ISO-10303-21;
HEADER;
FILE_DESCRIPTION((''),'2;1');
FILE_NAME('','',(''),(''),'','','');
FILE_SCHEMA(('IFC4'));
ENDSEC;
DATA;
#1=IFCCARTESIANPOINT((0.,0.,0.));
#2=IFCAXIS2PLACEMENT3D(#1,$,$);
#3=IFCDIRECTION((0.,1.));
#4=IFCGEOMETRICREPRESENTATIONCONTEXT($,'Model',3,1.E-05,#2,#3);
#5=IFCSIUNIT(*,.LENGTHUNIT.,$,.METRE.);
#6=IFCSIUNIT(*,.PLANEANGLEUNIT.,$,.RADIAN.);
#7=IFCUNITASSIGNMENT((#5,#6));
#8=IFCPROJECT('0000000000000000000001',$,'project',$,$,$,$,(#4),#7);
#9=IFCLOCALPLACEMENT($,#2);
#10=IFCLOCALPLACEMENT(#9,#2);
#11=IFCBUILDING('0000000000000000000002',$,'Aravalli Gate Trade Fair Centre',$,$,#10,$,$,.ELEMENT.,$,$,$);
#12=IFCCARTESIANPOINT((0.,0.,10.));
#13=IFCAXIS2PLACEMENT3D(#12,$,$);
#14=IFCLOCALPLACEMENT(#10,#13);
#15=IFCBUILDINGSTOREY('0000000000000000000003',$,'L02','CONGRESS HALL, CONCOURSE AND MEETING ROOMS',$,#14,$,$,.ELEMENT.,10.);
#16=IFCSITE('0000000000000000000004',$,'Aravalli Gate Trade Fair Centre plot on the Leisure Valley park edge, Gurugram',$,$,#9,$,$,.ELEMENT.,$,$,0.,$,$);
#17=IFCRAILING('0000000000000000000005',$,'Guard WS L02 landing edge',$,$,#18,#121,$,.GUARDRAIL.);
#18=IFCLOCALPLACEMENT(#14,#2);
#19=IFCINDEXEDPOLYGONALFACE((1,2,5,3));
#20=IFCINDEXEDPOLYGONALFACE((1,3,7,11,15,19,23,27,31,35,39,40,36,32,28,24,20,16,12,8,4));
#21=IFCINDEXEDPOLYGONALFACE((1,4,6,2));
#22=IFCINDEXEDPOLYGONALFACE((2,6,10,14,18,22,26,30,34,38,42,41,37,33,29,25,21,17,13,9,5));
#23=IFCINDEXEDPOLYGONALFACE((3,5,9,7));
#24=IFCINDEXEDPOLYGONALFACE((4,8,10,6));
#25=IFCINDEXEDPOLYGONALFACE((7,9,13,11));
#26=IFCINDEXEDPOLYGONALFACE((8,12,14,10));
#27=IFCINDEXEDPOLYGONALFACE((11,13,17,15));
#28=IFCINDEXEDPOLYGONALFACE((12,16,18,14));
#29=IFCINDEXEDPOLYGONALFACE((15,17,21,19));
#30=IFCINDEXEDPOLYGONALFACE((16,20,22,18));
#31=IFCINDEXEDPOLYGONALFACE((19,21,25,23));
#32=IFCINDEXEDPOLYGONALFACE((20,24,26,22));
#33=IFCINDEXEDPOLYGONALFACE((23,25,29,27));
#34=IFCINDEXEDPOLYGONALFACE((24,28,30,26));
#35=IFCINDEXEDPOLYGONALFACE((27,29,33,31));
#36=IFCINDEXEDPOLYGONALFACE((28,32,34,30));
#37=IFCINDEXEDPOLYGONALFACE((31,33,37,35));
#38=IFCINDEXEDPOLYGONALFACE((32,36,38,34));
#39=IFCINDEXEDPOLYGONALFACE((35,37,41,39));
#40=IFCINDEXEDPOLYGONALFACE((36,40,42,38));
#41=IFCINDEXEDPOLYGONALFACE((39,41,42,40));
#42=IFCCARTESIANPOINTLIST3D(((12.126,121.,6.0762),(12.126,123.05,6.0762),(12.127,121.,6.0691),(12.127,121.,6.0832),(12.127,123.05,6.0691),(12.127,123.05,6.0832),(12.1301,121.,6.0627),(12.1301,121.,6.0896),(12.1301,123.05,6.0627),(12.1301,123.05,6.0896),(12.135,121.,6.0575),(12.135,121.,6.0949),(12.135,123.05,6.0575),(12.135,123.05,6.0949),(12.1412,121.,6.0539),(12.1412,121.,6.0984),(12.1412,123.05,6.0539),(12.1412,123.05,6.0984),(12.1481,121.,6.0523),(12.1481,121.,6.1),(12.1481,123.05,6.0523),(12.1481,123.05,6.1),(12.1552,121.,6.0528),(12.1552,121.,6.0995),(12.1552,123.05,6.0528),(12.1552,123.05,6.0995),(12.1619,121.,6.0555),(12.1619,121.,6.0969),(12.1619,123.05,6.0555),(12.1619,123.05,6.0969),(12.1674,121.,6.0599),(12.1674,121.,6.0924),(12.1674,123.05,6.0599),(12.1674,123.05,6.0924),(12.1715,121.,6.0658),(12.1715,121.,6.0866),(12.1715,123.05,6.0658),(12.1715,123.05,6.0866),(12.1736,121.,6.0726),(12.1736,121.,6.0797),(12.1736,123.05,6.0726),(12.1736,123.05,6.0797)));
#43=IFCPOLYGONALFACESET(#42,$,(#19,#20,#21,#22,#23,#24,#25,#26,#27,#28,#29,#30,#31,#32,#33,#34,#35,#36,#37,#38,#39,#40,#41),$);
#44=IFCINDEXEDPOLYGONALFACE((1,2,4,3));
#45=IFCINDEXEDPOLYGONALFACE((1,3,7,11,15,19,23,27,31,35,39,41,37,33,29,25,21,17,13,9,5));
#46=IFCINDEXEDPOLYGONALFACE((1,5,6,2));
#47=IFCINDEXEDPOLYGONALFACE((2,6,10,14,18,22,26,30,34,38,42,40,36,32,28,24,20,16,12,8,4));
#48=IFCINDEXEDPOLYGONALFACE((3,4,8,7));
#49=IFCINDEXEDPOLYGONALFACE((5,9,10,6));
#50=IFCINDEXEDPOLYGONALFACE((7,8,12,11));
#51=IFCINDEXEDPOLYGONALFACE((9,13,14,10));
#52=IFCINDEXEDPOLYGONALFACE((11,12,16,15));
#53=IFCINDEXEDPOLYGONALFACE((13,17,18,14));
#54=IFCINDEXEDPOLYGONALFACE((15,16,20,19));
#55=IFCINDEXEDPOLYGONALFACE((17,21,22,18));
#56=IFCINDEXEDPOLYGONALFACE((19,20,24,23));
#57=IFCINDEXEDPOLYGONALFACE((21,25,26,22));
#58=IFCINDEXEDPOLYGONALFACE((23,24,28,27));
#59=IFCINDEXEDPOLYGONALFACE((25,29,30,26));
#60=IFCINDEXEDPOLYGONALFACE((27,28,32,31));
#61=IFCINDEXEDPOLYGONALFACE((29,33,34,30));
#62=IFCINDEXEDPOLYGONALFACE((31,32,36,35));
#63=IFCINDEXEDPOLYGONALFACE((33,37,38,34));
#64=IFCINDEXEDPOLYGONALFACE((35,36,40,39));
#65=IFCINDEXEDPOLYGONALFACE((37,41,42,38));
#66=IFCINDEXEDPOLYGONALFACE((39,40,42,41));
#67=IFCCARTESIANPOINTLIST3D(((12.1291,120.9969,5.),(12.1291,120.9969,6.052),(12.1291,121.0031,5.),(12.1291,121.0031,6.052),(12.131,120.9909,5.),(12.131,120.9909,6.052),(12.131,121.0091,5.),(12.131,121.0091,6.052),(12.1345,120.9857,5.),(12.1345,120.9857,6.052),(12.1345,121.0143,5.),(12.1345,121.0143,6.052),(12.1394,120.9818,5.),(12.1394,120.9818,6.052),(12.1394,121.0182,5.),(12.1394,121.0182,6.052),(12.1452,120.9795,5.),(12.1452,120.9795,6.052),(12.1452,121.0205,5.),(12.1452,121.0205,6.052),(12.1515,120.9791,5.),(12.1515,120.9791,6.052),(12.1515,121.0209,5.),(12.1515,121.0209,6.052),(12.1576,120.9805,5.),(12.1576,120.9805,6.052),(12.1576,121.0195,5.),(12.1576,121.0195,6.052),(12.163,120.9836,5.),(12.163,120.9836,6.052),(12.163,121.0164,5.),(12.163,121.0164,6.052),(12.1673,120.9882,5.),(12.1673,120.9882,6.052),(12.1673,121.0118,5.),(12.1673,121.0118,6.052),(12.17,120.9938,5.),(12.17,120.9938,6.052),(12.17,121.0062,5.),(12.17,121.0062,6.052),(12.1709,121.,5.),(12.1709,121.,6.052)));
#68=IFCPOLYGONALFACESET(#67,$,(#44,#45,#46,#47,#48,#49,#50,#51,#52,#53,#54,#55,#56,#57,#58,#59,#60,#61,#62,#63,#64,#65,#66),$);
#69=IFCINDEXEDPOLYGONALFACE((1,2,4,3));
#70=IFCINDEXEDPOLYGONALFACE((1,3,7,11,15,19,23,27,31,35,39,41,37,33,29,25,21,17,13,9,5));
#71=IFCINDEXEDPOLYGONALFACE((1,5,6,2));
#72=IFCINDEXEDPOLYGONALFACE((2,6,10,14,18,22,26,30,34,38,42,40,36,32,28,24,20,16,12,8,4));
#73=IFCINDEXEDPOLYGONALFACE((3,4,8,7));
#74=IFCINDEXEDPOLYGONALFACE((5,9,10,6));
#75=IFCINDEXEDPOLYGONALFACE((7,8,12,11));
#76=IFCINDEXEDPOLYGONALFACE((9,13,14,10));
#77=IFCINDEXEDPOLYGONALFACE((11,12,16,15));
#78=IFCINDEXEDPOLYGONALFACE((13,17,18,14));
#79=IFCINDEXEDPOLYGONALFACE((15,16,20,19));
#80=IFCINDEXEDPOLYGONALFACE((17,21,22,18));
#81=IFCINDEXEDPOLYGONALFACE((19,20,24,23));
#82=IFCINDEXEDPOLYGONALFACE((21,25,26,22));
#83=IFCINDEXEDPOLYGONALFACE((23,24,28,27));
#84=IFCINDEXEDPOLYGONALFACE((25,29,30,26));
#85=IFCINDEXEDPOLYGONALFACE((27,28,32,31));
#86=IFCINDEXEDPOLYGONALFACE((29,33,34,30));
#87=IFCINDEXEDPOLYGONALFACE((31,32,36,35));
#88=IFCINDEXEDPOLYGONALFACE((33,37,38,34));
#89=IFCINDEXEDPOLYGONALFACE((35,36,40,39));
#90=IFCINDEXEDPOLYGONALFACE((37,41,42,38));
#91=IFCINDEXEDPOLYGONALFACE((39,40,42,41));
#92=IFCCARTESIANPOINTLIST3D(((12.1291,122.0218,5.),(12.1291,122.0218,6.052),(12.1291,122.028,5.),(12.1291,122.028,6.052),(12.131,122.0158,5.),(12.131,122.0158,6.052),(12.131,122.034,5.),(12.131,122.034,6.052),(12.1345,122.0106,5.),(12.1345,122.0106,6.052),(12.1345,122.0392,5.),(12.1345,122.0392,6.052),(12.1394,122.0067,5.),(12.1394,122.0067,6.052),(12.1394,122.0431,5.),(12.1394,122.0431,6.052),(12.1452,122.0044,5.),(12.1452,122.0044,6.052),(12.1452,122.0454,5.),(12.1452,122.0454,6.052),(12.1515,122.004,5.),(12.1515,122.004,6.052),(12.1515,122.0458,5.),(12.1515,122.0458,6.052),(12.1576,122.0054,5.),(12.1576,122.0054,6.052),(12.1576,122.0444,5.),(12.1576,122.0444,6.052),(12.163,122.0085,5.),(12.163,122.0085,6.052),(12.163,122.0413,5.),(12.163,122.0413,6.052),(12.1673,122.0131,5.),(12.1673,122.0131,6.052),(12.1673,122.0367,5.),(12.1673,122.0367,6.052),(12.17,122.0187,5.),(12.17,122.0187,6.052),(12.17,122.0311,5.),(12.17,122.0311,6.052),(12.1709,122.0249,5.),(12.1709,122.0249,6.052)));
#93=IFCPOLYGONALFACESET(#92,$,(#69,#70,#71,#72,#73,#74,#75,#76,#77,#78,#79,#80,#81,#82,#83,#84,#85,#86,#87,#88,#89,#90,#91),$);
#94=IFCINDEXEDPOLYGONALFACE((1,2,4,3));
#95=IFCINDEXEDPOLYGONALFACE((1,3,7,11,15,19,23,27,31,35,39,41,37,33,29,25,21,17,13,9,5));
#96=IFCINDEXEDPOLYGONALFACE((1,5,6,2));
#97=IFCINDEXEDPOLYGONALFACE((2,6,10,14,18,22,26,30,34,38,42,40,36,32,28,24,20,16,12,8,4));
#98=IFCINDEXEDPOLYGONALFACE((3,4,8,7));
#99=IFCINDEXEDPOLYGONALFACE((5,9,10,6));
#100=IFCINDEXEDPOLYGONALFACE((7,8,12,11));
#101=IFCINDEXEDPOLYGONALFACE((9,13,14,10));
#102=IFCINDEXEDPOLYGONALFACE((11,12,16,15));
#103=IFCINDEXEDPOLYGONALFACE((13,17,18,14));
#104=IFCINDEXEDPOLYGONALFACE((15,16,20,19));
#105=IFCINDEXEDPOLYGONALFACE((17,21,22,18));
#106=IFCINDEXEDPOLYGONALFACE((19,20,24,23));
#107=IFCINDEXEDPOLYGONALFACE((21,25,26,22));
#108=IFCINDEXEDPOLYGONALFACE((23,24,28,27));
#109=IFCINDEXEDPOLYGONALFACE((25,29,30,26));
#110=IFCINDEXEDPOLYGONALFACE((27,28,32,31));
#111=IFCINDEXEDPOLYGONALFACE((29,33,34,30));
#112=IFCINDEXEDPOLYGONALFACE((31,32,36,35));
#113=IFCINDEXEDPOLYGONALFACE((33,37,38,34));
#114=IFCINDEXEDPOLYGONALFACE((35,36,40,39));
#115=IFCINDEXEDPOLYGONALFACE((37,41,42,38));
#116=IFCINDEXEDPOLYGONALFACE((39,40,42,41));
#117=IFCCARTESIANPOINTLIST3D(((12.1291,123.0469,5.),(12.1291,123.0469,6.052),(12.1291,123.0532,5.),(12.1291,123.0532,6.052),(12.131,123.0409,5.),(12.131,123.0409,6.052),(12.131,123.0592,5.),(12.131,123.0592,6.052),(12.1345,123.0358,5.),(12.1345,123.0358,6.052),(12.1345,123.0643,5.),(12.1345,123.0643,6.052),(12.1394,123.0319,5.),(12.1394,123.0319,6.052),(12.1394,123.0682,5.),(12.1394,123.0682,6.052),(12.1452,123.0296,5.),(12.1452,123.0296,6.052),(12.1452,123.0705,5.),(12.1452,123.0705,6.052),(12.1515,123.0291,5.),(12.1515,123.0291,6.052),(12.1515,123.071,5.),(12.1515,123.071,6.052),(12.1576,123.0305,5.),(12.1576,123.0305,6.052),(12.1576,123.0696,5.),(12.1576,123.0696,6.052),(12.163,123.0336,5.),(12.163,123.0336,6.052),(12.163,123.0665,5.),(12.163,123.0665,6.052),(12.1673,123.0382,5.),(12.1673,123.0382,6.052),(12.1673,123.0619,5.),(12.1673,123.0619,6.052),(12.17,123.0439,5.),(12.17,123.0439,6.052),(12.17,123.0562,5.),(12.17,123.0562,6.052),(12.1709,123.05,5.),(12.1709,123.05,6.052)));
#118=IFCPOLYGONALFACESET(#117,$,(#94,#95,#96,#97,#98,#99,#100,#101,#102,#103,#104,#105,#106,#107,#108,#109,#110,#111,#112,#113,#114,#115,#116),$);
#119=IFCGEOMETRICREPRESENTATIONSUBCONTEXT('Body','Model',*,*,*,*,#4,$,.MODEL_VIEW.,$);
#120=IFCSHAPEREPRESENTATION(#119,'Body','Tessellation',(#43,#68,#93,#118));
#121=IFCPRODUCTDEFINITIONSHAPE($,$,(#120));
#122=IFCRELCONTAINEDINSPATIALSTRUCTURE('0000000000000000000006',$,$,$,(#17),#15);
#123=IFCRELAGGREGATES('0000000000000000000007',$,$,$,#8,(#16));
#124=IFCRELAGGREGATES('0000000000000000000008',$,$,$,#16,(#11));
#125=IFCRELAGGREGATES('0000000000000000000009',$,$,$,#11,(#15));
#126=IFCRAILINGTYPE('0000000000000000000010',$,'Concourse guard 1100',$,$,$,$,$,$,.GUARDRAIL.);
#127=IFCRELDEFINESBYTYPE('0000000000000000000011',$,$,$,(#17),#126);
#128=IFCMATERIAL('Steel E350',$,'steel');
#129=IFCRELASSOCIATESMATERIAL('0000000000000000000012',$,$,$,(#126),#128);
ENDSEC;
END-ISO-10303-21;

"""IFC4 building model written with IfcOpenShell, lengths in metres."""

from ifc_helpers import new_model, si_unit, direction, frame, origin, origin_2d, place, context, subcontext, project, spatial, circle, extrude, material, type_object, element, save


model = new_model("IFC4")

# Units and contexts
model_context = context("Model", 3, precision=1e-05, world=origin(), true_north=direction((0.0, 1.0)))
body_context = subcontext(model_context, "Body", "Model", "MODEL_VIEW")
ifc_project = project(units=[si_unit("LENGTHUNIT", "METRE"), si_unit("PLANEANGLEUNIT", "RADIAN")], contexts=[model_context])

# Site, building, storey
site_placement = place(None, origin())
site = spatial("IfcSite", under=ifc_project, at=site_placement, Name="Aravalli Gate Trade Fair Centre plot on the Leisure Valley park edge, Gurugram", CompositionType="ELEMENT", RefElevation=0.0)
building_placement = place(site_placement, origin())
building = spatial("IfcBuilding", under=site, at=building_placement, Name="Aravalli Gate Trade Fair Centre", CompositionType="ELEMENT")
storey_placement = place(building_placement, frame((0.0, 0.0, 10.0)))
storey = spatial("IfcBuildingStorey", under=building, at=storey_placement, Name="L02", Description="CONGRESS HALL, CONCOURSE AND MEETING ROOMS", CompositionType="ELEMENT", Elevation=10.0)

# Shared definitions
ifc_material_1 = material(Name="Steel E350", Category="steel")

# Railing
railing_type_1 = type_object("IfcRailingType", Name="Concourse guard 1100", PredefinedType="GUARDRAIL", material=ifc_material_1)
railing_1_placement = place(storey_placement, frame((12.1499, 121.0, 5.0)))
element("IfcRailing", 1, at=railing_1_placement, inside=storey, type_object=railing_type_1, Name="Guard WS L02 landing edge", PredefinedType="GUARDRAIL", context=body_context, shape_type="SweptSolid", body=[
    extrude(circle(Radius=0.0239, at=origin_2d()), frame((0.0, 0.0, 1.0762), z_axis=(0.0, 1.0, 0.0), x_axis=(-1.0, 0.0, 0.0)), (0.0, 0.0, 1.0), 2.05),
    extrude(circle(Radius=0.021, at=origin_2d()), origin(), (0.0, 0.0, 1.0), 1.052),
    extrude(circle(Radius=0.021, at=origin_2d()), frame((0.0, 1.0249, 0.0)), (0.0, 0.0, 1.0), 1.052),
    extrude(circle(Radius=0.021, at=origin_2d()), frame((0.0, 2.05, 0.0)), (0.0, 0.0, 1.0), 1.052),
])

save(model, "model.ifc")
